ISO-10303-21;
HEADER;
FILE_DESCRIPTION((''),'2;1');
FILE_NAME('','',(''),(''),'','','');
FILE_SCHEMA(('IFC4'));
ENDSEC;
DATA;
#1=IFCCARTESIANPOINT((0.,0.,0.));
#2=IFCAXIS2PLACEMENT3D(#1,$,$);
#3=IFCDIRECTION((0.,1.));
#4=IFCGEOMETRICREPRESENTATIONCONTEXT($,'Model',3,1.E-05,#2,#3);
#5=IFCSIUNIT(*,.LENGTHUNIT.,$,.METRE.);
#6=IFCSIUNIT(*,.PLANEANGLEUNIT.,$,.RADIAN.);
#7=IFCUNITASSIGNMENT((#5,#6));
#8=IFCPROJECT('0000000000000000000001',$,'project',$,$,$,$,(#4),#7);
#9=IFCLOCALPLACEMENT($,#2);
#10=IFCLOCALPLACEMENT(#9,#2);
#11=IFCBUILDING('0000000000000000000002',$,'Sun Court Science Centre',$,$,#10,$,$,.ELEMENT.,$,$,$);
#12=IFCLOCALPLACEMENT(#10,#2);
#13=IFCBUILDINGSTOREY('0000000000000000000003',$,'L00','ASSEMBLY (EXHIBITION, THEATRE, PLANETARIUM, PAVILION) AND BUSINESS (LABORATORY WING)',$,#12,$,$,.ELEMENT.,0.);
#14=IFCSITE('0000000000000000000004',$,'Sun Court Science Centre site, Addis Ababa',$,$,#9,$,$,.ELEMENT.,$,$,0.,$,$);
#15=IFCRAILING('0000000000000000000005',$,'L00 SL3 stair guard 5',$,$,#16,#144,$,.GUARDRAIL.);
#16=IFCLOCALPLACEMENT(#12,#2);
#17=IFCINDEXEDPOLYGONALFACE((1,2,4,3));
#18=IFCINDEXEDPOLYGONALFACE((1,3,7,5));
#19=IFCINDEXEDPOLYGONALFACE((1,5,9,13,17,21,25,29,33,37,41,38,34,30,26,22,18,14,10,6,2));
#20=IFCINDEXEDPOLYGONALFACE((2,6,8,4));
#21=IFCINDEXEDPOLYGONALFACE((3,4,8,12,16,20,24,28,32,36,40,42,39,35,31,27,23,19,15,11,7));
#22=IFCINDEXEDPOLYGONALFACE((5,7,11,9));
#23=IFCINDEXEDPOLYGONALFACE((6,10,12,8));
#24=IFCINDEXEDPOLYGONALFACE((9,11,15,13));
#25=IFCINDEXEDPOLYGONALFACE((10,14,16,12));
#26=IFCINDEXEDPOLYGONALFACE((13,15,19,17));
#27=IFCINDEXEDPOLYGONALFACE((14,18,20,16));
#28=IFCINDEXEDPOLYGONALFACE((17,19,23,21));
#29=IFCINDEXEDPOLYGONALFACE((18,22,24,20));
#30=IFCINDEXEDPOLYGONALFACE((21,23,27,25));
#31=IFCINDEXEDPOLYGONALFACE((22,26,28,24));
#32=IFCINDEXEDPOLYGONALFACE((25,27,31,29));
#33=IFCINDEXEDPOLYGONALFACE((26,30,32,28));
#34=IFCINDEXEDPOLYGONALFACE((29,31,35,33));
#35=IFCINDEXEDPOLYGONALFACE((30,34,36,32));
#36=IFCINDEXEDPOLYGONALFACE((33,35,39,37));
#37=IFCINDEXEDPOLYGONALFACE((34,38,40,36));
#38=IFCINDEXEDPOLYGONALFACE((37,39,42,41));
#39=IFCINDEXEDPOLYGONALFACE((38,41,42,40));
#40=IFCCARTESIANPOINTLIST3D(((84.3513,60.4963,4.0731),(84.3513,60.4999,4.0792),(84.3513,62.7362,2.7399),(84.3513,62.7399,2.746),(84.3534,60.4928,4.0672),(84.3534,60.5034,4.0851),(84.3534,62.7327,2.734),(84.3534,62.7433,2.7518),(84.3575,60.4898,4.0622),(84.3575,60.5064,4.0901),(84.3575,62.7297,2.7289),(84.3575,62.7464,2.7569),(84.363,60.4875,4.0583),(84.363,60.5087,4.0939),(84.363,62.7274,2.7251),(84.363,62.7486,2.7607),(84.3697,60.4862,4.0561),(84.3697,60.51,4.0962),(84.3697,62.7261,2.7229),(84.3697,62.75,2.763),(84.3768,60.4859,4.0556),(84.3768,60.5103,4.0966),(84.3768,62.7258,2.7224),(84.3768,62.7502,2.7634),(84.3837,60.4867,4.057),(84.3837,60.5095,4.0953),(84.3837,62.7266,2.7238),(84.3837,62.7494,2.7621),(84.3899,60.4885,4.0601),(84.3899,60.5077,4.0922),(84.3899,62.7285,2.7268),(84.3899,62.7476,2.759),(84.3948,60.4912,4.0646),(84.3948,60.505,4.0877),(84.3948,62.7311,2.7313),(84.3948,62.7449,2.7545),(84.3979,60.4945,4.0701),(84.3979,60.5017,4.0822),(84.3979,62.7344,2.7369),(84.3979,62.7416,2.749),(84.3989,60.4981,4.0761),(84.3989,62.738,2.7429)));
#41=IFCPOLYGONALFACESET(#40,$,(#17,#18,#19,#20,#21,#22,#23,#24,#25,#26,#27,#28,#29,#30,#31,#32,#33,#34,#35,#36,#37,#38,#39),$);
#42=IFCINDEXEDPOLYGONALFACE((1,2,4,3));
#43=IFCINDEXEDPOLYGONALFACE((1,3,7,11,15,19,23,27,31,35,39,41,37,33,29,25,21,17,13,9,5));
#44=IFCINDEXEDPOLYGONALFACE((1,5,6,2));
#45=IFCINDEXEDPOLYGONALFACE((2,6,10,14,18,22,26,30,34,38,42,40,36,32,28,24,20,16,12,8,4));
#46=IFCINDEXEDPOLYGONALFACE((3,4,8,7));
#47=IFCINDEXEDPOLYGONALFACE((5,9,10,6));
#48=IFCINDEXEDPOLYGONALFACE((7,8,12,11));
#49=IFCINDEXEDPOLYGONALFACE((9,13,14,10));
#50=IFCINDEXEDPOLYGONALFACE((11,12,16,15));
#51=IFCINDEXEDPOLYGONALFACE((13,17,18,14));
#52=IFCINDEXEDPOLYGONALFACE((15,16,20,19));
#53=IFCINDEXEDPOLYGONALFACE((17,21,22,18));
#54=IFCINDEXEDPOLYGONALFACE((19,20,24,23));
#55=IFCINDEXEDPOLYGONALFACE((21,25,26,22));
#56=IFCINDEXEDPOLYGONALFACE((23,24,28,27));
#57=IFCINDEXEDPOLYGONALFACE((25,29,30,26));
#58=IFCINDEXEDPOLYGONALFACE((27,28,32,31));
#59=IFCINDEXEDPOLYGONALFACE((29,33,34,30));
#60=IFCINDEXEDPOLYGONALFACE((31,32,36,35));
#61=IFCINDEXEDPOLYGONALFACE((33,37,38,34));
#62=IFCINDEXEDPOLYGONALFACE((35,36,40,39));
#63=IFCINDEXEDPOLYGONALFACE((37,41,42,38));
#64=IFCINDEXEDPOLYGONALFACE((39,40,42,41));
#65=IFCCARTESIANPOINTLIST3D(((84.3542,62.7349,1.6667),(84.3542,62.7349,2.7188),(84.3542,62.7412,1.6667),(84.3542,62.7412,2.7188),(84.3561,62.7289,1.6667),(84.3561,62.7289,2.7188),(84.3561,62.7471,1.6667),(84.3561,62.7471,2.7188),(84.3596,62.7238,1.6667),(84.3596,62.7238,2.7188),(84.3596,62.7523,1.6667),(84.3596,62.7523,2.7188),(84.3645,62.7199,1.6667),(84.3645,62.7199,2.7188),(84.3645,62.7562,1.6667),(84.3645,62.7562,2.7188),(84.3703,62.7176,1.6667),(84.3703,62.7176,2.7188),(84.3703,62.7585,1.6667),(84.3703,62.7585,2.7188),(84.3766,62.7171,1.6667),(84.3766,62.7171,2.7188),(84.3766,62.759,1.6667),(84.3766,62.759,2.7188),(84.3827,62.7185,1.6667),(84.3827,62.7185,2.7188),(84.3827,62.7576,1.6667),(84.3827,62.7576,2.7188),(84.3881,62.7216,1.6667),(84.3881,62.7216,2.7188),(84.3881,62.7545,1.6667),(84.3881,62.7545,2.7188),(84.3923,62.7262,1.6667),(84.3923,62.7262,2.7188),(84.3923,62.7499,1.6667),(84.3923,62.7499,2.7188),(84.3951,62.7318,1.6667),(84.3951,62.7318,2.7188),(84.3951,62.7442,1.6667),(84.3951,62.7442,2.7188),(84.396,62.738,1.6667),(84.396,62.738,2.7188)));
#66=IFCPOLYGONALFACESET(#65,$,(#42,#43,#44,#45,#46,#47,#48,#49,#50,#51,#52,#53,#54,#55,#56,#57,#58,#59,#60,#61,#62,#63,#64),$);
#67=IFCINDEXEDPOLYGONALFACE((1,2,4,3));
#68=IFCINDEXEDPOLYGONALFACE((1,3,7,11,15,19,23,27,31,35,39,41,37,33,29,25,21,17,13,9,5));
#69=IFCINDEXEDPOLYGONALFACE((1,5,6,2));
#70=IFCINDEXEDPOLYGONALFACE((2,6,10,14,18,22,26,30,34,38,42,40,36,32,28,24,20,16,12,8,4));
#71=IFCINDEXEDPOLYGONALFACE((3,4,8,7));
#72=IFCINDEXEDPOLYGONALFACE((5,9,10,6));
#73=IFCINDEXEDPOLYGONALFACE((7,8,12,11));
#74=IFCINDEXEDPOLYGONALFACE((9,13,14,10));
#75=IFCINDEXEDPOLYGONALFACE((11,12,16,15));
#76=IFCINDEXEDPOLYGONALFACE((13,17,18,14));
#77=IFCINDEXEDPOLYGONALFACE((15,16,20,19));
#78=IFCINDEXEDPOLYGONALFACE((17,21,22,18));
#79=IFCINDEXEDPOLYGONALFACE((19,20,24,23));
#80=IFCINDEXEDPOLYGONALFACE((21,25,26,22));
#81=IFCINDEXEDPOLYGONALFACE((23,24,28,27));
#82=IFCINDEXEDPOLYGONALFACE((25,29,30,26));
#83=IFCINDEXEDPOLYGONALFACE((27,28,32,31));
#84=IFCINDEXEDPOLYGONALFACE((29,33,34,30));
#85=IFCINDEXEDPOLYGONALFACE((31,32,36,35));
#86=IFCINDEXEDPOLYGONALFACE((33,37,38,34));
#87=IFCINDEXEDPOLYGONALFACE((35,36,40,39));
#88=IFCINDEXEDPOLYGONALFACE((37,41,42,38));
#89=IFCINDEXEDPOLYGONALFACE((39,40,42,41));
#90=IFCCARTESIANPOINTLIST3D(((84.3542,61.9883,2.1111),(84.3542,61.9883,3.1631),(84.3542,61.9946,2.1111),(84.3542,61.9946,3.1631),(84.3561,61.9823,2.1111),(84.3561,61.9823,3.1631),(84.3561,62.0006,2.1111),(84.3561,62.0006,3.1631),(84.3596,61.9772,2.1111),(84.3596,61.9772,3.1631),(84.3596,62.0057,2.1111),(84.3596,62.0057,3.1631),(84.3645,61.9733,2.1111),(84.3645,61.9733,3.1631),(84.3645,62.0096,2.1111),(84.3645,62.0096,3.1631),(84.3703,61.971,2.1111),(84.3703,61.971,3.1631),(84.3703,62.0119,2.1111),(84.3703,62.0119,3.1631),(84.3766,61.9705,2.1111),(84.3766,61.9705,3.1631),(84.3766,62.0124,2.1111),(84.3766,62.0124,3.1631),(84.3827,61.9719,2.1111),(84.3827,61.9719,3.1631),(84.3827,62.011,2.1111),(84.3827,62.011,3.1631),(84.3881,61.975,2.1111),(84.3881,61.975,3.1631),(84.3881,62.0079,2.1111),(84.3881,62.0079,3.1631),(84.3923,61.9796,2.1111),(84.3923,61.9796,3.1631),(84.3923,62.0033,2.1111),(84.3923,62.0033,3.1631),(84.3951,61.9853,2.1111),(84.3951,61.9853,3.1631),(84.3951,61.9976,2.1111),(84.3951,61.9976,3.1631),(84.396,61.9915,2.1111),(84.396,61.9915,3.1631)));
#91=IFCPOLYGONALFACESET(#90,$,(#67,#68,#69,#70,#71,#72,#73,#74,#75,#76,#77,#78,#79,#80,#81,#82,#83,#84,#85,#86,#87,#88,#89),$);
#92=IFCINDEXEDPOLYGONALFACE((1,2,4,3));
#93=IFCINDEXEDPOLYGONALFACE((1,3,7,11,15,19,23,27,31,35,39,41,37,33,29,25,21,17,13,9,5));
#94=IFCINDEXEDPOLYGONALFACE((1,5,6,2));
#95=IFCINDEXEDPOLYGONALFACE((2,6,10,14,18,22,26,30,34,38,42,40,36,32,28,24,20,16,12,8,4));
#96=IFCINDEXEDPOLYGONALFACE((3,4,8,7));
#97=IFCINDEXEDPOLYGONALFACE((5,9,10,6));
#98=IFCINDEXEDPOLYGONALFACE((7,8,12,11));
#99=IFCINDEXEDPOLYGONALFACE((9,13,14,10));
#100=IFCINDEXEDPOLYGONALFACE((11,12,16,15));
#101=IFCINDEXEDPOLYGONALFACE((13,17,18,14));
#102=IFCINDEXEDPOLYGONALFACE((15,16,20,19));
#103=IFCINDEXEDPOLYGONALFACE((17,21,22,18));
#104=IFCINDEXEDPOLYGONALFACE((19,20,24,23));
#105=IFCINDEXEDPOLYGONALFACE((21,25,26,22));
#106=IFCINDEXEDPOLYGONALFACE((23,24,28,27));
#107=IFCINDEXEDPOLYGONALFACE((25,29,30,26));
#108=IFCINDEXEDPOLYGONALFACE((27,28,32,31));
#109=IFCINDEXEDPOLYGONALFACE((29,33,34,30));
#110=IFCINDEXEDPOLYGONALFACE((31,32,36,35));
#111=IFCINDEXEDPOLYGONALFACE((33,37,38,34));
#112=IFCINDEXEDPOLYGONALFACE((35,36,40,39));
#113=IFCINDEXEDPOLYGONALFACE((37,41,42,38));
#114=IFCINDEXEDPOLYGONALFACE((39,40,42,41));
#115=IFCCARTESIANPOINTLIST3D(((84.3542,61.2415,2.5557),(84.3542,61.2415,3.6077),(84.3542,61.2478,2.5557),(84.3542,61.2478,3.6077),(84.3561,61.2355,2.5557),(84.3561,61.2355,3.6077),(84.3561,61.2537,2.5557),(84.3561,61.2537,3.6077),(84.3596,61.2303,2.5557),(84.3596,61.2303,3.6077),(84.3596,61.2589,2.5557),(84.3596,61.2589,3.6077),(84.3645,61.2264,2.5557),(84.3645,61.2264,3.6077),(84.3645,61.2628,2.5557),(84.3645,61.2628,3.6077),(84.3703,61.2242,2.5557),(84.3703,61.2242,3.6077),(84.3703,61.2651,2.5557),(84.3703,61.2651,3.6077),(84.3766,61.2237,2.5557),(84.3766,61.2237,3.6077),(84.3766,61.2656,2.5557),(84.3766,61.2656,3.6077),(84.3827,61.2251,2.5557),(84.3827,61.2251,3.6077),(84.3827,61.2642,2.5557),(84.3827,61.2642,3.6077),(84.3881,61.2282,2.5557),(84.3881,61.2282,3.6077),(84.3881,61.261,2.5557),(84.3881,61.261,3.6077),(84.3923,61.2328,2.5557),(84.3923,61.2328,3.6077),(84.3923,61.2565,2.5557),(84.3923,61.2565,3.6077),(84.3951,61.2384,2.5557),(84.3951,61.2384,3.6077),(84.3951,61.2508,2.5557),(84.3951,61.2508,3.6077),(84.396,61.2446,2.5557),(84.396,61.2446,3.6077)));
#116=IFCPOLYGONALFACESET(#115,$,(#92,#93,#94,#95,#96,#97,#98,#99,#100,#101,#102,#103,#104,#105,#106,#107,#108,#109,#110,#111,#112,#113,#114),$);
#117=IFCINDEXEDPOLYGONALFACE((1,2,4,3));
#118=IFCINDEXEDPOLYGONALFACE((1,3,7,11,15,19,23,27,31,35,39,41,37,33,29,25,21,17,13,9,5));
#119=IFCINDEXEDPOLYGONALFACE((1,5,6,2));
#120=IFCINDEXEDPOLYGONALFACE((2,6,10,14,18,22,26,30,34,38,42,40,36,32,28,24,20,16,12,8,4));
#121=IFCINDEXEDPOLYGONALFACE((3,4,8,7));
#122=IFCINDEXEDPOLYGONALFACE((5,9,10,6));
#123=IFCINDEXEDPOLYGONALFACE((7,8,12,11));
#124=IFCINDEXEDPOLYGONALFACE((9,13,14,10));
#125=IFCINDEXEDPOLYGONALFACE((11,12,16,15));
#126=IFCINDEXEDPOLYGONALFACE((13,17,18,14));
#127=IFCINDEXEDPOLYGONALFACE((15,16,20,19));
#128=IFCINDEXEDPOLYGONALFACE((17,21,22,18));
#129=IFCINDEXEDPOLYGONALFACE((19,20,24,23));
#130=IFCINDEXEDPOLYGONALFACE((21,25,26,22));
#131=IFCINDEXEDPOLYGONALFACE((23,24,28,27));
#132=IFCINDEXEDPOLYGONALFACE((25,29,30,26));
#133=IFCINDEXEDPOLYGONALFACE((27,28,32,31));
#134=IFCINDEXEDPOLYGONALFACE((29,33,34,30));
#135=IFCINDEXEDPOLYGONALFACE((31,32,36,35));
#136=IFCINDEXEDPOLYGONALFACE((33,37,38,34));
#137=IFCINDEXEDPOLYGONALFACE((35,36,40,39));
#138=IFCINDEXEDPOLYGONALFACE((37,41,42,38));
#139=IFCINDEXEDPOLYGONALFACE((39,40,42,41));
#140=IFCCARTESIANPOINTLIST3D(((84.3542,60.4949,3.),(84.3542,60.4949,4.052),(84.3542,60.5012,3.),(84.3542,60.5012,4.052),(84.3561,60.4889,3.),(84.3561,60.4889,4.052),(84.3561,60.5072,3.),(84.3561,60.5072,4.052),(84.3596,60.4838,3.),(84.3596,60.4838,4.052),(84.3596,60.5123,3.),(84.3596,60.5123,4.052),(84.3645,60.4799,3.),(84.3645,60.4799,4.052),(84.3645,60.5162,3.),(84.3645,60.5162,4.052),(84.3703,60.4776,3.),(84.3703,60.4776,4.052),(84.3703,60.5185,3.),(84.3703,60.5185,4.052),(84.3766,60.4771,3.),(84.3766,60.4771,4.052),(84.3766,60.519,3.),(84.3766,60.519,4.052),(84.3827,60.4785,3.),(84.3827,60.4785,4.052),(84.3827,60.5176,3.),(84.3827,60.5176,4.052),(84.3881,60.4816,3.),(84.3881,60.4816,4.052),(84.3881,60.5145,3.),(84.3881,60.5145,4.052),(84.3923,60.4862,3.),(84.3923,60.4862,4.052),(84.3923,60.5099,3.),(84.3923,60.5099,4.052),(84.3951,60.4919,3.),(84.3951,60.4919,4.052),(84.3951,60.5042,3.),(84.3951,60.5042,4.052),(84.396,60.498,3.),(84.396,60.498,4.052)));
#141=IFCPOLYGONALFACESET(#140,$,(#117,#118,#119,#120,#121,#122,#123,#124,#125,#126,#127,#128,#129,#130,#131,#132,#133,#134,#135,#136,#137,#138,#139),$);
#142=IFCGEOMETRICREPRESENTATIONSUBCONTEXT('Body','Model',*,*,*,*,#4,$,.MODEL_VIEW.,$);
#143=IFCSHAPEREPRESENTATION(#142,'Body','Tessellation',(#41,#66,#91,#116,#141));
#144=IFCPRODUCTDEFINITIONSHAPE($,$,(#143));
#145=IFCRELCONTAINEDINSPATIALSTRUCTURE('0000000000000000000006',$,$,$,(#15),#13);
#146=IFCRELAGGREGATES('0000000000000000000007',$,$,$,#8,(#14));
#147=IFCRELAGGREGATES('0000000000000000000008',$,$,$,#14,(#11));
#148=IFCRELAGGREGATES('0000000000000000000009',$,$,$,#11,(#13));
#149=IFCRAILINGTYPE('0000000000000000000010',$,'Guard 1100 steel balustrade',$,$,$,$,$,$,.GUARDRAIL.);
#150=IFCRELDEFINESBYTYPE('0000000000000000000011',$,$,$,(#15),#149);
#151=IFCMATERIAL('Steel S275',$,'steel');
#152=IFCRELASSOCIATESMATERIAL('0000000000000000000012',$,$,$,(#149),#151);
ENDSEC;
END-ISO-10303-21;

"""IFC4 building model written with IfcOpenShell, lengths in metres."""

from ifc_helpers import new_model, si_unit, direction, frame, origin, origin_2d, place, context, subcontext, project, spatial, circle, extrude, material, type_object, element, save


model = new_model("IFC4")

# Units and contexts
model_context = context("Model", 3, precision=1e-05, world=origin(), true_north=direction((0.0, 1.0)))
body_context = subcontext(model_context, "Body", "Model", "MODEL_VIEW")
ifc_project = project(units=[si_unit("LENGTHUNIT", "METRE"), si_unit("PLANEANGLEUNIT", "RADIAN")], contexts=[model_context])

# Site, building, storey
site_placement = place(None, origin())
site = spatial("IfcSite", under=ifc_project, at=site_placement, Name="Sun Court Science Centre site, Addis Ababa", CompositionType="ELEMENT", RefElevation=0.0)
building_placement = place(site_placement, origin())
building = spatial("IfcBuilding", under=site, at=building_placement, Name="Sun Court Science Centre", CompositionType="ELEMENT")
storey_placement = place(building_placement, origin())
storey = spatial("IfcBuildingStorey", under=building, at=storey_placement, Name="L00", Description="ASSEMBLY (EXHIBITION, THEATRE, PLANETARIUM, PAVILION) AND BUSINESS (LABORATORY WING)", CompositionType="ELEMENT", Elevation=0.0)

# Railing
ifc_material_1 = material(Name="Steel S275", Category="steel")
railing_type_1 = type_object("IfcRailingType", Name="Guard 1100 steel balustrade", PredefinedType="GUARDRAIL", material=ifc_material_1)
railing_1_placement = place(storey_placement, frame((84.375, 62.738, 1.6667)))
element("IfcRailing", 1, at=railing_1_placement, inside=storey, type_object=railing_type_1, Name="L00 SL3 stair guard 5", PredefinedType="GUARDRAIL", context=body_context, shape_type="SweptSolid", body=[
    extrude(circle(Radius=0.0239, at=origin_2d()), frame((0.0, 0.0, 1.0762), z_axis=(0.0, -0.859306, 0.511462), x_axis=(1.0, 0.0, 0.0)), (0.0, 0.0, 1.0), 2.6067),
    extrude(circle(Radius=0.021, at=origin_2d()), origin(), (0.0, 0.0, 1.0), 1.052),
    extrude(circle(Radius=0.021, at=origin_2d()), frame((0.0, -0.7466, 0.4443)), (0.0, 0.0, 1.0), 1.052),
    extrude(circle(Radius=0.021, at=origin_2d()), frame((0.0, -1.4934, 0.8889)), (0.0, 0.0, 1.0), 1.052),
    extrude(circle(Radius=0.021, at=origin_2d()), frame((0.0, -2.24, 1.3333)), (0.0, 0.0, 1.0), 1.052),
])

save(model, "model.ifc")
